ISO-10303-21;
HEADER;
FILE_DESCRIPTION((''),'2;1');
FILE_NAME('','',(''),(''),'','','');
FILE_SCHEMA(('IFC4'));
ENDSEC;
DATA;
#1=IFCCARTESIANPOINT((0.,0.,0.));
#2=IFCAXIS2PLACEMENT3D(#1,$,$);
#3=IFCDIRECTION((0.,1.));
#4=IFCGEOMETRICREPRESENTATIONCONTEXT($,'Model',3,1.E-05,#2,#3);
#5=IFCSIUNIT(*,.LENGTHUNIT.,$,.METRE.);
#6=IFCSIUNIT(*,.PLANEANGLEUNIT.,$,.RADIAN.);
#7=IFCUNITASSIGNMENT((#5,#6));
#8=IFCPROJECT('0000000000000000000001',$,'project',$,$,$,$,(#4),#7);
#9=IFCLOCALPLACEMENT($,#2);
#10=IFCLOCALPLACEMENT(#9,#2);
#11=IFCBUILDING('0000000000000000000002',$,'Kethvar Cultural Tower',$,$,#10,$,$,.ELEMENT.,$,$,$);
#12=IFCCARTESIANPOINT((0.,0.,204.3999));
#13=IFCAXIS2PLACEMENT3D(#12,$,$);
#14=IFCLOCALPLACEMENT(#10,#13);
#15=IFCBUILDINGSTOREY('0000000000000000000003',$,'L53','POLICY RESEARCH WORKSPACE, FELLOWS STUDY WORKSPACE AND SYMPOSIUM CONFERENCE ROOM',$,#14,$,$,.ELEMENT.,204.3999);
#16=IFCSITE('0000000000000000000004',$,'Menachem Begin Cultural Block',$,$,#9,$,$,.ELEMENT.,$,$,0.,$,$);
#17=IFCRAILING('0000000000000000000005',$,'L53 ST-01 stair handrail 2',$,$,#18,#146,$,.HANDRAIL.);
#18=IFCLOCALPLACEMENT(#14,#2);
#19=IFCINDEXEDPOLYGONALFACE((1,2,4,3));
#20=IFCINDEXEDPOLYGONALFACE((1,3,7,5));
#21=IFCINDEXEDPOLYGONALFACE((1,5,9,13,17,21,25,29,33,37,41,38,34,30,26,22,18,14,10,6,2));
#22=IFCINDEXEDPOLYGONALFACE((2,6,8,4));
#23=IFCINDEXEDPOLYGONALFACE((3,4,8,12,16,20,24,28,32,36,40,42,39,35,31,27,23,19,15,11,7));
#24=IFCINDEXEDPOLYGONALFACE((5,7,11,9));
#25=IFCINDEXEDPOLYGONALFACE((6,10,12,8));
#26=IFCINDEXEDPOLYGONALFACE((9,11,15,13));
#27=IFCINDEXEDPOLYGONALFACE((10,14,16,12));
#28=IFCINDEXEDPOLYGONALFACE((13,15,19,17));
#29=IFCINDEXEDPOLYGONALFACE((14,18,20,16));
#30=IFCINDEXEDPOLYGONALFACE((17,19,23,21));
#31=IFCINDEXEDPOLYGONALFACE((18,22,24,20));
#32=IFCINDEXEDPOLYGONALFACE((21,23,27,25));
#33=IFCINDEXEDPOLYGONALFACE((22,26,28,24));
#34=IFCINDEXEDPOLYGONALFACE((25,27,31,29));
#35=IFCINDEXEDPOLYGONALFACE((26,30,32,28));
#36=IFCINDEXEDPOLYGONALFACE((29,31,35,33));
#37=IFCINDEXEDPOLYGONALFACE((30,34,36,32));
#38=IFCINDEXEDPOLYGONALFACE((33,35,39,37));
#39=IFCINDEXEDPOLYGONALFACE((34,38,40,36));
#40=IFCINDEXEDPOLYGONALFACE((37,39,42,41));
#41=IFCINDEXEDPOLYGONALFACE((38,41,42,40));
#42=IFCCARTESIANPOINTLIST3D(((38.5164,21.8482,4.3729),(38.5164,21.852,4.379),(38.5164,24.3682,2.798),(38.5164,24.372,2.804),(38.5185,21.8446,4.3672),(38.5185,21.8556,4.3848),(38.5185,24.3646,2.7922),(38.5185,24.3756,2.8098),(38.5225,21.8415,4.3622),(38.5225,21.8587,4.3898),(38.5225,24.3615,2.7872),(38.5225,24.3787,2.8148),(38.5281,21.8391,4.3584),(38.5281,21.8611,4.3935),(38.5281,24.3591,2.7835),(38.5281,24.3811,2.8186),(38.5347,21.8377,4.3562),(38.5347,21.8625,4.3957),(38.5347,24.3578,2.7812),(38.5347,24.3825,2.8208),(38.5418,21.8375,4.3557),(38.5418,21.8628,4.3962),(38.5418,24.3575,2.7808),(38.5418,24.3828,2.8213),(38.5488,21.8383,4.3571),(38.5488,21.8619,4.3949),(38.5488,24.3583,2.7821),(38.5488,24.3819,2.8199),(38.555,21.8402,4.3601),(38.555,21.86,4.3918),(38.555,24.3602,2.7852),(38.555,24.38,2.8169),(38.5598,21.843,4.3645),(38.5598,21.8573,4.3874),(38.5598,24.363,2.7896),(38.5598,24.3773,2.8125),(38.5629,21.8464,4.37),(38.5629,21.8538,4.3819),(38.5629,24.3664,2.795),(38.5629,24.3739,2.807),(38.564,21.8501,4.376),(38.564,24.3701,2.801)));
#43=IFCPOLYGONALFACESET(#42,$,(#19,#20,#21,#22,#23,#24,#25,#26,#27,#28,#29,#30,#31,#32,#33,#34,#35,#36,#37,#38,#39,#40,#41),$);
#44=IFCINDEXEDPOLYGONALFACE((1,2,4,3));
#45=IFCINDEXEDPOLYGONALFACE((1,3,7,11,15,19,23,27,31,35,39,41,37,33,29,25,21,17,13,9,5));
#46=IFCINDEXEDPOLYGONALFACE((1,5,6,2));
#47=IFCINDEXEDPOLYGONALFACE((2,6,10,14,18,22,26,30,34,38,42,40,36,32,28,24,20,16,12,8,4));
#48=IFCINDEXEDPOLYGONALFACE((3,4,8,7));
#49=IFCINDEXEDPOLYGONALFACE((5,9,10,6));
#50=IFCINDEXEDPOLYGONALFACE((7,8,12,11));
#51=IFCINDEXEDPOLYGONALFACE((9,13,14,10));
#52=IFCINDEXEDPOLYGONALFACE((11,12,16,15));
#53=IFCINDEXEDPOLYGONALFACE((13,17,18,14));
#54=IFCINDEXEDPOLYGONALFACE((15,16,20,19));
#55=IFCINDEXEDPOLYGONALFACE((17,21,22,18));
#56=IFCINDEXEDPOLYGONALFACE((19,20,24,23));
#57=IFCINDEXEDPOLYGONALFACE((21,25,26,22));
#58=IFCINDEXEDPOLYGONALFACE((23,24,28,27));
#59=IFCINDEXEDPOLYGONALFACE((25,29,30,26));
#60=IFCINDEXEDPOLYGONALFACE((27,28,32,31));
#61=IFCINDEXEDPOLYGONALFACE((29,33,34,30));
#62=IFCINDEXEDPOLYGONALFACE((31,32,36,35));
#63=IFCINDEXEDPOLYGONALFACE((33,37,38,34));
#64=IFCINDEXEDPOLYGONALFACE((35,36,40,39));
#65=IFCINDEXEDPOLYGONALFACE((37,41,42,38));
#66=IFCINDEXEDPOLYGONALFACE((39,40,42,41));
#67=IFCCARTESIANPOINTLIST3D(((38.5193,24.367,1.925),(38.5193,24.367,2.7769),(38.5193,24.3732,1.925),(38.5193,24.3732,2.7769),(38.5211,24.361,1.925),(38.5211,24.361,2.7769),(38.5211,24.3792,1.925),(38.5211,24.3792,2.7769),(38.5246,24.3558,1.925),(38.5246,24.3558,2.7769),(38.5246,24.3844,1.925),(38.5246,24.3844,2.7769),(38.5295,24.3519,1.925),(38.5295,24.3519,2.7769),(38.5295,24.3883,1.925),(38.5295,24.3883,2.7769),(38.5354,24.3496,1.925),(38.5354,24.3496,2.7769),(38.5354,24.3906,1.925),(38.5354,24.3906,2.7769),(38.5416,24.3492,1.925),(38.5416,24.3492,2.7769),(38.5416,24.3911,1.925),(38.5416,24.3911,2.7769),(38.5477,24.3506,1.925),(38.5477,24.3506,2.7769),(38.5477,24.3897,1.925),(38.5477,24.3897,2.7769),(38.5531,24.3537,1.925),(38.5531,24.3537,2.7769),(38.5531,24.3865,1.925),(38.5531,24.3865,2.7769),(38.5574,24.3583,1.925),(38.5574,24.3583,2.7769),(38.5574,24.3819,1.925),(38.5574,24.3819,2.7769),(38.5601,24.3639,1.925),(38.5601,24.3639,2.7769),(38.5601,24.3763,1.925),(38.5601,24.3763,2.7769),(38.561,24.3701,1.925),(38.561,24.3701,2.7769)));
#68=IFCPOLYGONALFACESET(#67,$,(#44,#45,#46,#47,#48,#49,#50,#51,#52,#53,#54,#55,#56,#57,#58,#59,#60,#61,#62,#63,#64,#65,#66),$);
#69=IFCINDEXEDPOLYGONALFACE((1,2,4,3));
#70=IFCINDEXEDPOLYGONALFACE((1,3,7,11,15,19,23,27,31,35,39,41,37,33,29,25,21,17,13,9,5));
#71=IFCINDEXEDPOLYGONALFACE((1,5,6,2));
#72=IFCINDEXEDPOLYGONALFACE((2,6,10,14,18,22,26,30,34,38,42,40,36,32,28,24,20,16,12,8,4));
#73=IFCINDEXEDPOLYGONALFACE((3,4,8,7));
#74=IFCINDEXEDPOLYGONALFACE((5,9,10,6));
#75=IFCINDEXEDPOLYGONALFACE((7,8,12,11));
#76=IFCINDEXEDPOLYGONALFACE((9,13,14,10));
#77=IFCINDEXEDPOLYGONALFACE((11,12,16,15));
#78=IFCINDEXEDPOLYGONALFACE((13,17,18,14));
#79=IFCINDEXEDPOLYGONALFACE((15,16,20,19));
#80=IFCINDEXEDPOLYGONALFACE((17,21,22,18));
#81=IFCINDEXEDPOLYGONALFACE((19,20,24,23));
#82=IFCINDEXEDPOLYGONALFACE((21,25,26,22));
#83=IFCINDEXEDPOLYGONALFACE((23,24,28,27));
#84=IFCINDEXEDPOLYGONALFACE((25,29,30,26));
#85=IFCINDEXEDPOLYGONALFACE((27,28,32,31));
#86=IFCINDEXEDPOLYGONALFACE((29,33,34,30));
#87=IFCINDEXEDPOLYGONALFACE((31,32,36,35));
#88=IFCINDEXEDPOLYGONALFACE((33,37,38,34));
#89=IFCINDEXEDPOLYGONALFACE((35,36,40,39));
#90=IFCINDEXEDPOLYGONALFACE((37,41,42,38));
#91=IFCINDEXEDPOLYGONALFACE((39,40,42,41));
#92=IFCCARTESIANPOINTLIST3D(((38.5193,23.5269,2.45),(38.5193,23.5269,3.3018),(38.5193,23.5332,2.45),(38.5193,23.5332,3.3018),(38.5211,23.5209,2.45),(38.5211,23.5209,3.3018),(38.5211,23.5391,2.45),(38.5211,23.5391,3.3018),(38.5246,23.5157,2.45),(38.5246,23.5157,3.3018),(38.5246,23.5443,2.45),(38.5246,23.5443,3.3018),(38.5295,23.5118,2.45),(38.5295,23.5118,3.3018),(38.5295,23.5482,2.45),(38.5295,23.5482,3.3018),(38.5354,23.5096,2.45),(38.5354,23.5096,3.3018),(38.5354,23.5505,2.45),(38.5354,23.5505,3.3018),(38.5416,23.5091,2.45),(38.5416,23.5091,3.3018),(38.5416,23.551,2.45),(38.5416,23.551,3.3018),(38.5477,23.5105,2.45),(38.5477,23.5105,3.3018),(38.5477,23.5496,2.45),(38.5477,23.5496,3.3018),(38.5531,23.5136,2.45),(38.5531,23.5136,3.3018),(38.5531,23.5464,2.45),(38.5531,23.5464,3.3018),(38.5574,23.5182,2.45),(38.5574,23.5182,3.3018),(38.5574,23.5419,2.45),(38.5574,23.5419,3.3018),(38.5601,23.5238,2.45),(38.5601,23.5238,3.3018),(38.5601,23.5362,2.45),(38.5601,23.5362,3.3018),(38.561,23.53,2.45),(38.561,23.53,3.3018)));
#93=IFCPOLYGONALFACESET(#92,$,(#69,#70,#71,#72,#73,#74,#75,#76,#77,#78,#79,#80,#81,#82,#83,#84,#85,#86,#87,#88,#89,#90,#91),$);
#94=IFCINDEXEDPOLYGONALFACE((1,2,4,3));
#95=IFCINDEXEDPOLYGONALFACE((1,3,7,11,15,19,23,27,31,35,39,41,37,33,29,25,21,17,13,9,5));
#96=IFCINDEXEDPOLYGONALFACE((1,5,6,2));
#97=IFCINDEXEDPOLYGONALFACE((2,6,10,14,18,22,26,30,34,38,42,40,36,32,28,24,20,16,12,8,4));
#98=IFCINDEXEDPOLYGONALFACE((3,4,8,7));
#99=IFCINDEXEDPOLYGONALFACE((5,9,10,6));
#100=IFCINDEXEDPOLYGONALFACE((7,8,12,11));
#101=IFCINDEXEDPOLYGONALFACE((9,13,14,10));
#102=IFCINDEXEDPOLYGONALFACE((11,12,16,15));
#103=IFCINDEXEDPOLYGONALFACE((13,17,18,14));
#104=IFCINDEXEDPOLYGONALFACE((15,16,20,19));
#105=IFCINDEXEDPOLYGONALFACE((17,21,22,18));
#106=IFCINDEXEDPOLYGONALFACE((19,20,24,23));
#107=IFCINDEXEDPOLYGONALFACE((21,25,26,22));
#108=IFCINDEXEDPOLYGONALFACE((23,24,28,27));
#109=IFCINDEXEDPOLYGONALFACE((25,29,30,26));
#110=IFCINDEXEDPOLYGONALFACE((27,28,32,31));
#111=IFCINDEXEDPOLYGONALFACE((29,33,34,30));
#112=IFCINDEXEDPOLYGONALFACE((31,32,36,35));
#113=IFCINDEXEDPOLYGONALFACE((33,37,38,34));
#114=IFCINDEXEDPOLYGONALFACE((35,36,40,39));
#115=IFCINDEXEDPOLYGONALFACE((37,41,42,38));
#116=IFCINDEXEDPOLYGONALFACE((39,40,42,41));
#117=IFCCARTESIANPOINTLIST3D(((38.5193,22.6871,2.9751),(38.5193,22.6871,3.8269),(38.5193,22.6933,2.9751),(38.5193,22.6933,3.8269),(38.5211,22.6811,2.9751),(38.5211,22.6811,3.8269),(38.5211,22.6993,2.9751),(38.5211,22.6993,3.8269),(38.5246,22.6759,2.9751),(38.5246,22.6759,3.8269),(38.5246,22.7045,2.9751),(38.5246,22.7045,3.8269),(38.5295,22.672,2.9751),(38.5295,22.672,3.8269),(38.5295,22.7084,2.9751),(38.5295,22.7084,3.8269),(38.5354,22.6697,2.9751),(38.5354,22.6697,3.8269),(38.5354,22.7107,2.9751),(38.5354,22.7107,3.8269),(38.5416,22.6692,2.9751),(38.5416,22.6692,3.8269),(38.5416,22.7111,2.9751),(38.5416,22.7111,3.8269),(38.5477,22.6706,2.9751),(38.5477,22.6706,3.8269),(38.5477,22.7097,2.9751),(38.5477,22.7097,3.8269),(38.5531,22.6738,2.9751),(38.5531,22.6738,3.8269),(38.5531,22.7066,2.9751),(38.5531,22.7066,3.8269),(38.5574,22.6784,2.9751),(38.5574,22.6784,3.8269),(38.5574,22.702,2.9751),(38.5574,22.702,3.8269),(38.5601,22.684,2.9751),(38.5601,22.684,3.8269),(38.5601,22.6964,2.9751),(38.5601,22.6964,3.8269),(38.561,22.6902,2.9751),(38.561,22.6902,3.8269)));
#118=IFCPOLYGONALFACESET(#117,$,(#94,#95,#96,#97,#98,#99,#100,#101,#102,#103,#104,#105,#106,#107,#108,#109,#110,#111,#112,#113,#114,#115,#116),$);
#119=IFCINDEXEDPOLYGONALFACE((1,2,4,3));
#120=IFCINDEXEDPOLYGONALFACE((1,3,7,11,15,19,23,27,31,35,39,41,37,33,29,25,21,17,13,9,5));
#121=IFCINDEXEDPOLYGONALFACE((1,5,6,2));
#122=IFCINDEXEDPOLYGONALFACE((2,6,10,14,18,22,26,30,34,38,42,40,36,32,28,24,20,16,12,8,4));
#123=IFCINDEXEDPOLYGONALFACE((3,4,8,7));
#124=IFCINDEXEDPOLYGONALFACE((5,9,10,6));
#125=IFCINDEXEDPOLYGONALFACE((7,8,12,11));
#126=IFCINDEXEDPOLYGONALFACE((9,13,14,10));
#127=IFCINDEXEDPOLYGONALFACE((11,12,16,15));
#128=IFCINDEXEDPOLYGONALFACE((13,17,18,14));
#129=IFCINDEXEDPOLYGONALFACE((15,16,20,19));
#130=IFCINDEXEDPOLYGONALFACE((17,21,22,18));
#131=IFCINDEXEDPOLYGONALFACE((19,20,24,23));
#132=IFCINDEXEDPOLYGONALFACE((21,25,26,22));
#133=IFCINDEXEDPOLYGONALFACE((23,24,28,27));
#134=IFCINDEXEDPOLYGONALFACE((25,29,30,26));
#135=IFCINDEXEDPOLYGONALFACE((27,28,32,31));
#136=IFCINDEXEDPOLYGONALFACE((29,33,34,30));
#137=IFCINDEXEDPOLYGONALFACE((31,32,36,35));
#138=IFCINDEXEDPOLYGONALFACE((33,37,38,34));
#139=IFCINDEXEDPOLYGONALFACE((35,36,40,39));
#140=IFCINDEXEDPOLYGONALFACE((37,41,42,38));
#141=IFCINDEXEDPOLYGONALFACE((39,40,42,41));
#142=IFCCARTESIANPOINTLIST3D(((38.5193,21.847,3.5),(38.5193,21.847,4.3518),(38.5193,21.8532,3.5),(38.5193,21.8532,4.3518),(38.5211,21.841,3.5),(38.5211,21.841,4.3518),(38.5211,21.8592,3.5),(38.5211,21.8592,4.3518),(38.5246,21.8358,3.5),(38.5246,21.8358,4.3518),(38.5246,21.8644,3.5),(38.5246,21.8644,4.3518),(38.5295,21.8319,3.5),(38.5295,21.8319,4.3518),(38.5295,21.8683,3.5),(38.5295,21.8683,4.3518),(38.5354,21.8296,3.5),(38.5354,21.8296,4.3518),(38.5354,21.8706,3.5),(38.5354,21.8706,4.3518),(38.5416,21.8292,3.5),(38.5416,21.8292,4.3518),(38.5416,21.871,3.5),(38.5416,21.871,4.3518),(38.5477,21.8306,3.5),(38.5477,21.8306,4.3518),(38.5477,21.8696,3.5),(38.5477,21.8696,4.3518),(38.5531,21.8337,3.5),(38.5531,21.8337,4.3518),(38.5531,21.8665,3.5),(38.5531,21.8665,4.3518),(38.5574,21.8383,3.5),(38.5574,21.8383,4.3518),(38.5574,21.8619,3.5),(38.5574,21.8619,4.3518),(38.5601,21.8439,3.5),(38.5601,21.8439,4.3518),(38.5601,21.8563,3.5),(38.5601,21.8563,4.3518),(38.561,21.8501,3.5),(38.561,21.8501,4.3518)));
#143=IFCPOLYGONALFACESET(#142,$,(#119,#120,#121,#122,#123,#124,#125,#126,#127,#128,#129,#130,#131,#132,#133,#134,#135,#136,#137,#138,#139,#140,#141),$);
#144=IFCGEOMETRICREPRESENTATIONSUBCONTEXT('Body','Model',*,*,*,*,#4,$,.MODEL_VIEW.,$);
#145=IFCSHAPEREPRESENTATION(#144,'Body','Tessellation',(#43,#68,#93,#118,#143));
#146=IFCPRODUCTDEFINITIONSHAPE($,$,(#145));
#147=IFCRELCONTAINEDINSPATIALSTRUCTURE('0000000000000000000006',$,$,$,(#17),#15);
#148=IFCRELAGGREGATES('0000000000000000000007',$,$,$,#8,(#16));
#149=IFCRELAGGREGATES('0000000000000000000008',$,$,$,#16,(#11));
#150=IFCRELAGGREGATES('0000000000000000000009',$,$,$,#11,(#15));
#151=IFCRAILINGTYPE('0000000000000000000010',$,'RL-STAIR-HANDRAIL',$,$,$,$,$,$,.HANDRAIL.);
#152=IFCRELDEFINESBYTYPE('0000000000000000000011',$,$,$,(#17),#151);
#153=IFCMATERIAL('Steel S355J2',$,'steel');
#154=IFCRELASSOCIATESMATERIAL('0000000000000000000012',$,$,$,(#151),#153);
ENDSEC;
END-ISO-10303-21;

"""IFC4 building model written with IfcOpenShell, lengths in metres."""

from ifc_helpers import new_model, si_unit, direction, frame, origin, origin_2d, place, context, subcontext, project, spatial, circle, extrude, material, type_object, element, save


model = new_model("IFC4")

# Units and contexts
model_context = context("Model", 3, precision=1e-05, world=origin(), true_north=direction((0.0, 1.0)))
body_context = subcontext(model_context, "Body", "Model", "MODEL_VIEW")
ifc_project = project(units=[si_unit("LENGTHUNIT", "METRE"), si_unit("PLANEANGLEUNIT", "RADIAN")], contexts=[model_context])

# Site, building, storey
site_placement = place(None, origin())
site = spatial("IfcSite", under=ifc_project, at=site_placement, Name="Menachem Begin Cultural Block", CompositionType="ELEMENT", RefElevation=0.0)
building_placement = place(site_placement, origin())
building = spatial("IfcBuilding", under=site, at=building_placement, Name="Kethvar Cultural Tower", CompositionType="ELEMENT")
storey_placement = place(building_placement, frame((0.0, 0.0, 204.3999)))
storey = spatial("IfcBuildingStorey", under=building, at=storey_placement, Name="L53", Description="POLICY RESEARCH WORKSPACE, FELLOWS STUDY WORKSPACE AND SYMPOSIUM CONFERENCE ROOM", CompositionType="ELEMENT", Elevation=204.3999)

# Shared definitions
ifc_material_1 = material(Name="Steel S355J2", Category="steel")

# Railing
railing_type_1 = type_object("IfcRailingType", Name="RL-STAIR-HANDRAIL", PredefinedType="HANDRAIL", material=ifc_material_1)
railing_1_placement = place(storey_placement, frame((38.54, 24.3701, 1.925)))
element("IfcRailing", 1, at=railing_1_placement, inside=storey, type_object=railing_type_1, Name="L53 ST-01 stair handrail 2", PredefinedType="HANDRAIL", context=body_context, shape_type="SweptSolid", body=[
    extrude(circle(Radius=0.0239, at=origin_2d()), frame((0.0, 0.0, 0.876), z_axis=(0.0, -0.848008, 0.529984), x_axis=(1.0, 0.0, 0.0)), (0.0, 0.0, 1.0), 2.9717),
    extrude(circle(Radius=0.021, at=origin_2d()), origin(), (0.0, 0.0, 1.0), 0.8518),
    extrude(circle(Radius=0.021, at=origin_2d()), frame((0.0, -0.8401, 0.5249)), (0.0, 0.0, 1.0), 0.8518),
    extrude(circle(Radius=0.021, at=origin_2d()), frame((0.0, -1.6799, 1.05)), (0.0, 0.0, 1.0), 0.8518),
    extrude(circle(Radius=0.021, at=origin_2d()), frame((0.0, -2.52, 1.575)), (0.0, 0.0, 1.0), 0.8518),
])

save(model, "model.ifc")
